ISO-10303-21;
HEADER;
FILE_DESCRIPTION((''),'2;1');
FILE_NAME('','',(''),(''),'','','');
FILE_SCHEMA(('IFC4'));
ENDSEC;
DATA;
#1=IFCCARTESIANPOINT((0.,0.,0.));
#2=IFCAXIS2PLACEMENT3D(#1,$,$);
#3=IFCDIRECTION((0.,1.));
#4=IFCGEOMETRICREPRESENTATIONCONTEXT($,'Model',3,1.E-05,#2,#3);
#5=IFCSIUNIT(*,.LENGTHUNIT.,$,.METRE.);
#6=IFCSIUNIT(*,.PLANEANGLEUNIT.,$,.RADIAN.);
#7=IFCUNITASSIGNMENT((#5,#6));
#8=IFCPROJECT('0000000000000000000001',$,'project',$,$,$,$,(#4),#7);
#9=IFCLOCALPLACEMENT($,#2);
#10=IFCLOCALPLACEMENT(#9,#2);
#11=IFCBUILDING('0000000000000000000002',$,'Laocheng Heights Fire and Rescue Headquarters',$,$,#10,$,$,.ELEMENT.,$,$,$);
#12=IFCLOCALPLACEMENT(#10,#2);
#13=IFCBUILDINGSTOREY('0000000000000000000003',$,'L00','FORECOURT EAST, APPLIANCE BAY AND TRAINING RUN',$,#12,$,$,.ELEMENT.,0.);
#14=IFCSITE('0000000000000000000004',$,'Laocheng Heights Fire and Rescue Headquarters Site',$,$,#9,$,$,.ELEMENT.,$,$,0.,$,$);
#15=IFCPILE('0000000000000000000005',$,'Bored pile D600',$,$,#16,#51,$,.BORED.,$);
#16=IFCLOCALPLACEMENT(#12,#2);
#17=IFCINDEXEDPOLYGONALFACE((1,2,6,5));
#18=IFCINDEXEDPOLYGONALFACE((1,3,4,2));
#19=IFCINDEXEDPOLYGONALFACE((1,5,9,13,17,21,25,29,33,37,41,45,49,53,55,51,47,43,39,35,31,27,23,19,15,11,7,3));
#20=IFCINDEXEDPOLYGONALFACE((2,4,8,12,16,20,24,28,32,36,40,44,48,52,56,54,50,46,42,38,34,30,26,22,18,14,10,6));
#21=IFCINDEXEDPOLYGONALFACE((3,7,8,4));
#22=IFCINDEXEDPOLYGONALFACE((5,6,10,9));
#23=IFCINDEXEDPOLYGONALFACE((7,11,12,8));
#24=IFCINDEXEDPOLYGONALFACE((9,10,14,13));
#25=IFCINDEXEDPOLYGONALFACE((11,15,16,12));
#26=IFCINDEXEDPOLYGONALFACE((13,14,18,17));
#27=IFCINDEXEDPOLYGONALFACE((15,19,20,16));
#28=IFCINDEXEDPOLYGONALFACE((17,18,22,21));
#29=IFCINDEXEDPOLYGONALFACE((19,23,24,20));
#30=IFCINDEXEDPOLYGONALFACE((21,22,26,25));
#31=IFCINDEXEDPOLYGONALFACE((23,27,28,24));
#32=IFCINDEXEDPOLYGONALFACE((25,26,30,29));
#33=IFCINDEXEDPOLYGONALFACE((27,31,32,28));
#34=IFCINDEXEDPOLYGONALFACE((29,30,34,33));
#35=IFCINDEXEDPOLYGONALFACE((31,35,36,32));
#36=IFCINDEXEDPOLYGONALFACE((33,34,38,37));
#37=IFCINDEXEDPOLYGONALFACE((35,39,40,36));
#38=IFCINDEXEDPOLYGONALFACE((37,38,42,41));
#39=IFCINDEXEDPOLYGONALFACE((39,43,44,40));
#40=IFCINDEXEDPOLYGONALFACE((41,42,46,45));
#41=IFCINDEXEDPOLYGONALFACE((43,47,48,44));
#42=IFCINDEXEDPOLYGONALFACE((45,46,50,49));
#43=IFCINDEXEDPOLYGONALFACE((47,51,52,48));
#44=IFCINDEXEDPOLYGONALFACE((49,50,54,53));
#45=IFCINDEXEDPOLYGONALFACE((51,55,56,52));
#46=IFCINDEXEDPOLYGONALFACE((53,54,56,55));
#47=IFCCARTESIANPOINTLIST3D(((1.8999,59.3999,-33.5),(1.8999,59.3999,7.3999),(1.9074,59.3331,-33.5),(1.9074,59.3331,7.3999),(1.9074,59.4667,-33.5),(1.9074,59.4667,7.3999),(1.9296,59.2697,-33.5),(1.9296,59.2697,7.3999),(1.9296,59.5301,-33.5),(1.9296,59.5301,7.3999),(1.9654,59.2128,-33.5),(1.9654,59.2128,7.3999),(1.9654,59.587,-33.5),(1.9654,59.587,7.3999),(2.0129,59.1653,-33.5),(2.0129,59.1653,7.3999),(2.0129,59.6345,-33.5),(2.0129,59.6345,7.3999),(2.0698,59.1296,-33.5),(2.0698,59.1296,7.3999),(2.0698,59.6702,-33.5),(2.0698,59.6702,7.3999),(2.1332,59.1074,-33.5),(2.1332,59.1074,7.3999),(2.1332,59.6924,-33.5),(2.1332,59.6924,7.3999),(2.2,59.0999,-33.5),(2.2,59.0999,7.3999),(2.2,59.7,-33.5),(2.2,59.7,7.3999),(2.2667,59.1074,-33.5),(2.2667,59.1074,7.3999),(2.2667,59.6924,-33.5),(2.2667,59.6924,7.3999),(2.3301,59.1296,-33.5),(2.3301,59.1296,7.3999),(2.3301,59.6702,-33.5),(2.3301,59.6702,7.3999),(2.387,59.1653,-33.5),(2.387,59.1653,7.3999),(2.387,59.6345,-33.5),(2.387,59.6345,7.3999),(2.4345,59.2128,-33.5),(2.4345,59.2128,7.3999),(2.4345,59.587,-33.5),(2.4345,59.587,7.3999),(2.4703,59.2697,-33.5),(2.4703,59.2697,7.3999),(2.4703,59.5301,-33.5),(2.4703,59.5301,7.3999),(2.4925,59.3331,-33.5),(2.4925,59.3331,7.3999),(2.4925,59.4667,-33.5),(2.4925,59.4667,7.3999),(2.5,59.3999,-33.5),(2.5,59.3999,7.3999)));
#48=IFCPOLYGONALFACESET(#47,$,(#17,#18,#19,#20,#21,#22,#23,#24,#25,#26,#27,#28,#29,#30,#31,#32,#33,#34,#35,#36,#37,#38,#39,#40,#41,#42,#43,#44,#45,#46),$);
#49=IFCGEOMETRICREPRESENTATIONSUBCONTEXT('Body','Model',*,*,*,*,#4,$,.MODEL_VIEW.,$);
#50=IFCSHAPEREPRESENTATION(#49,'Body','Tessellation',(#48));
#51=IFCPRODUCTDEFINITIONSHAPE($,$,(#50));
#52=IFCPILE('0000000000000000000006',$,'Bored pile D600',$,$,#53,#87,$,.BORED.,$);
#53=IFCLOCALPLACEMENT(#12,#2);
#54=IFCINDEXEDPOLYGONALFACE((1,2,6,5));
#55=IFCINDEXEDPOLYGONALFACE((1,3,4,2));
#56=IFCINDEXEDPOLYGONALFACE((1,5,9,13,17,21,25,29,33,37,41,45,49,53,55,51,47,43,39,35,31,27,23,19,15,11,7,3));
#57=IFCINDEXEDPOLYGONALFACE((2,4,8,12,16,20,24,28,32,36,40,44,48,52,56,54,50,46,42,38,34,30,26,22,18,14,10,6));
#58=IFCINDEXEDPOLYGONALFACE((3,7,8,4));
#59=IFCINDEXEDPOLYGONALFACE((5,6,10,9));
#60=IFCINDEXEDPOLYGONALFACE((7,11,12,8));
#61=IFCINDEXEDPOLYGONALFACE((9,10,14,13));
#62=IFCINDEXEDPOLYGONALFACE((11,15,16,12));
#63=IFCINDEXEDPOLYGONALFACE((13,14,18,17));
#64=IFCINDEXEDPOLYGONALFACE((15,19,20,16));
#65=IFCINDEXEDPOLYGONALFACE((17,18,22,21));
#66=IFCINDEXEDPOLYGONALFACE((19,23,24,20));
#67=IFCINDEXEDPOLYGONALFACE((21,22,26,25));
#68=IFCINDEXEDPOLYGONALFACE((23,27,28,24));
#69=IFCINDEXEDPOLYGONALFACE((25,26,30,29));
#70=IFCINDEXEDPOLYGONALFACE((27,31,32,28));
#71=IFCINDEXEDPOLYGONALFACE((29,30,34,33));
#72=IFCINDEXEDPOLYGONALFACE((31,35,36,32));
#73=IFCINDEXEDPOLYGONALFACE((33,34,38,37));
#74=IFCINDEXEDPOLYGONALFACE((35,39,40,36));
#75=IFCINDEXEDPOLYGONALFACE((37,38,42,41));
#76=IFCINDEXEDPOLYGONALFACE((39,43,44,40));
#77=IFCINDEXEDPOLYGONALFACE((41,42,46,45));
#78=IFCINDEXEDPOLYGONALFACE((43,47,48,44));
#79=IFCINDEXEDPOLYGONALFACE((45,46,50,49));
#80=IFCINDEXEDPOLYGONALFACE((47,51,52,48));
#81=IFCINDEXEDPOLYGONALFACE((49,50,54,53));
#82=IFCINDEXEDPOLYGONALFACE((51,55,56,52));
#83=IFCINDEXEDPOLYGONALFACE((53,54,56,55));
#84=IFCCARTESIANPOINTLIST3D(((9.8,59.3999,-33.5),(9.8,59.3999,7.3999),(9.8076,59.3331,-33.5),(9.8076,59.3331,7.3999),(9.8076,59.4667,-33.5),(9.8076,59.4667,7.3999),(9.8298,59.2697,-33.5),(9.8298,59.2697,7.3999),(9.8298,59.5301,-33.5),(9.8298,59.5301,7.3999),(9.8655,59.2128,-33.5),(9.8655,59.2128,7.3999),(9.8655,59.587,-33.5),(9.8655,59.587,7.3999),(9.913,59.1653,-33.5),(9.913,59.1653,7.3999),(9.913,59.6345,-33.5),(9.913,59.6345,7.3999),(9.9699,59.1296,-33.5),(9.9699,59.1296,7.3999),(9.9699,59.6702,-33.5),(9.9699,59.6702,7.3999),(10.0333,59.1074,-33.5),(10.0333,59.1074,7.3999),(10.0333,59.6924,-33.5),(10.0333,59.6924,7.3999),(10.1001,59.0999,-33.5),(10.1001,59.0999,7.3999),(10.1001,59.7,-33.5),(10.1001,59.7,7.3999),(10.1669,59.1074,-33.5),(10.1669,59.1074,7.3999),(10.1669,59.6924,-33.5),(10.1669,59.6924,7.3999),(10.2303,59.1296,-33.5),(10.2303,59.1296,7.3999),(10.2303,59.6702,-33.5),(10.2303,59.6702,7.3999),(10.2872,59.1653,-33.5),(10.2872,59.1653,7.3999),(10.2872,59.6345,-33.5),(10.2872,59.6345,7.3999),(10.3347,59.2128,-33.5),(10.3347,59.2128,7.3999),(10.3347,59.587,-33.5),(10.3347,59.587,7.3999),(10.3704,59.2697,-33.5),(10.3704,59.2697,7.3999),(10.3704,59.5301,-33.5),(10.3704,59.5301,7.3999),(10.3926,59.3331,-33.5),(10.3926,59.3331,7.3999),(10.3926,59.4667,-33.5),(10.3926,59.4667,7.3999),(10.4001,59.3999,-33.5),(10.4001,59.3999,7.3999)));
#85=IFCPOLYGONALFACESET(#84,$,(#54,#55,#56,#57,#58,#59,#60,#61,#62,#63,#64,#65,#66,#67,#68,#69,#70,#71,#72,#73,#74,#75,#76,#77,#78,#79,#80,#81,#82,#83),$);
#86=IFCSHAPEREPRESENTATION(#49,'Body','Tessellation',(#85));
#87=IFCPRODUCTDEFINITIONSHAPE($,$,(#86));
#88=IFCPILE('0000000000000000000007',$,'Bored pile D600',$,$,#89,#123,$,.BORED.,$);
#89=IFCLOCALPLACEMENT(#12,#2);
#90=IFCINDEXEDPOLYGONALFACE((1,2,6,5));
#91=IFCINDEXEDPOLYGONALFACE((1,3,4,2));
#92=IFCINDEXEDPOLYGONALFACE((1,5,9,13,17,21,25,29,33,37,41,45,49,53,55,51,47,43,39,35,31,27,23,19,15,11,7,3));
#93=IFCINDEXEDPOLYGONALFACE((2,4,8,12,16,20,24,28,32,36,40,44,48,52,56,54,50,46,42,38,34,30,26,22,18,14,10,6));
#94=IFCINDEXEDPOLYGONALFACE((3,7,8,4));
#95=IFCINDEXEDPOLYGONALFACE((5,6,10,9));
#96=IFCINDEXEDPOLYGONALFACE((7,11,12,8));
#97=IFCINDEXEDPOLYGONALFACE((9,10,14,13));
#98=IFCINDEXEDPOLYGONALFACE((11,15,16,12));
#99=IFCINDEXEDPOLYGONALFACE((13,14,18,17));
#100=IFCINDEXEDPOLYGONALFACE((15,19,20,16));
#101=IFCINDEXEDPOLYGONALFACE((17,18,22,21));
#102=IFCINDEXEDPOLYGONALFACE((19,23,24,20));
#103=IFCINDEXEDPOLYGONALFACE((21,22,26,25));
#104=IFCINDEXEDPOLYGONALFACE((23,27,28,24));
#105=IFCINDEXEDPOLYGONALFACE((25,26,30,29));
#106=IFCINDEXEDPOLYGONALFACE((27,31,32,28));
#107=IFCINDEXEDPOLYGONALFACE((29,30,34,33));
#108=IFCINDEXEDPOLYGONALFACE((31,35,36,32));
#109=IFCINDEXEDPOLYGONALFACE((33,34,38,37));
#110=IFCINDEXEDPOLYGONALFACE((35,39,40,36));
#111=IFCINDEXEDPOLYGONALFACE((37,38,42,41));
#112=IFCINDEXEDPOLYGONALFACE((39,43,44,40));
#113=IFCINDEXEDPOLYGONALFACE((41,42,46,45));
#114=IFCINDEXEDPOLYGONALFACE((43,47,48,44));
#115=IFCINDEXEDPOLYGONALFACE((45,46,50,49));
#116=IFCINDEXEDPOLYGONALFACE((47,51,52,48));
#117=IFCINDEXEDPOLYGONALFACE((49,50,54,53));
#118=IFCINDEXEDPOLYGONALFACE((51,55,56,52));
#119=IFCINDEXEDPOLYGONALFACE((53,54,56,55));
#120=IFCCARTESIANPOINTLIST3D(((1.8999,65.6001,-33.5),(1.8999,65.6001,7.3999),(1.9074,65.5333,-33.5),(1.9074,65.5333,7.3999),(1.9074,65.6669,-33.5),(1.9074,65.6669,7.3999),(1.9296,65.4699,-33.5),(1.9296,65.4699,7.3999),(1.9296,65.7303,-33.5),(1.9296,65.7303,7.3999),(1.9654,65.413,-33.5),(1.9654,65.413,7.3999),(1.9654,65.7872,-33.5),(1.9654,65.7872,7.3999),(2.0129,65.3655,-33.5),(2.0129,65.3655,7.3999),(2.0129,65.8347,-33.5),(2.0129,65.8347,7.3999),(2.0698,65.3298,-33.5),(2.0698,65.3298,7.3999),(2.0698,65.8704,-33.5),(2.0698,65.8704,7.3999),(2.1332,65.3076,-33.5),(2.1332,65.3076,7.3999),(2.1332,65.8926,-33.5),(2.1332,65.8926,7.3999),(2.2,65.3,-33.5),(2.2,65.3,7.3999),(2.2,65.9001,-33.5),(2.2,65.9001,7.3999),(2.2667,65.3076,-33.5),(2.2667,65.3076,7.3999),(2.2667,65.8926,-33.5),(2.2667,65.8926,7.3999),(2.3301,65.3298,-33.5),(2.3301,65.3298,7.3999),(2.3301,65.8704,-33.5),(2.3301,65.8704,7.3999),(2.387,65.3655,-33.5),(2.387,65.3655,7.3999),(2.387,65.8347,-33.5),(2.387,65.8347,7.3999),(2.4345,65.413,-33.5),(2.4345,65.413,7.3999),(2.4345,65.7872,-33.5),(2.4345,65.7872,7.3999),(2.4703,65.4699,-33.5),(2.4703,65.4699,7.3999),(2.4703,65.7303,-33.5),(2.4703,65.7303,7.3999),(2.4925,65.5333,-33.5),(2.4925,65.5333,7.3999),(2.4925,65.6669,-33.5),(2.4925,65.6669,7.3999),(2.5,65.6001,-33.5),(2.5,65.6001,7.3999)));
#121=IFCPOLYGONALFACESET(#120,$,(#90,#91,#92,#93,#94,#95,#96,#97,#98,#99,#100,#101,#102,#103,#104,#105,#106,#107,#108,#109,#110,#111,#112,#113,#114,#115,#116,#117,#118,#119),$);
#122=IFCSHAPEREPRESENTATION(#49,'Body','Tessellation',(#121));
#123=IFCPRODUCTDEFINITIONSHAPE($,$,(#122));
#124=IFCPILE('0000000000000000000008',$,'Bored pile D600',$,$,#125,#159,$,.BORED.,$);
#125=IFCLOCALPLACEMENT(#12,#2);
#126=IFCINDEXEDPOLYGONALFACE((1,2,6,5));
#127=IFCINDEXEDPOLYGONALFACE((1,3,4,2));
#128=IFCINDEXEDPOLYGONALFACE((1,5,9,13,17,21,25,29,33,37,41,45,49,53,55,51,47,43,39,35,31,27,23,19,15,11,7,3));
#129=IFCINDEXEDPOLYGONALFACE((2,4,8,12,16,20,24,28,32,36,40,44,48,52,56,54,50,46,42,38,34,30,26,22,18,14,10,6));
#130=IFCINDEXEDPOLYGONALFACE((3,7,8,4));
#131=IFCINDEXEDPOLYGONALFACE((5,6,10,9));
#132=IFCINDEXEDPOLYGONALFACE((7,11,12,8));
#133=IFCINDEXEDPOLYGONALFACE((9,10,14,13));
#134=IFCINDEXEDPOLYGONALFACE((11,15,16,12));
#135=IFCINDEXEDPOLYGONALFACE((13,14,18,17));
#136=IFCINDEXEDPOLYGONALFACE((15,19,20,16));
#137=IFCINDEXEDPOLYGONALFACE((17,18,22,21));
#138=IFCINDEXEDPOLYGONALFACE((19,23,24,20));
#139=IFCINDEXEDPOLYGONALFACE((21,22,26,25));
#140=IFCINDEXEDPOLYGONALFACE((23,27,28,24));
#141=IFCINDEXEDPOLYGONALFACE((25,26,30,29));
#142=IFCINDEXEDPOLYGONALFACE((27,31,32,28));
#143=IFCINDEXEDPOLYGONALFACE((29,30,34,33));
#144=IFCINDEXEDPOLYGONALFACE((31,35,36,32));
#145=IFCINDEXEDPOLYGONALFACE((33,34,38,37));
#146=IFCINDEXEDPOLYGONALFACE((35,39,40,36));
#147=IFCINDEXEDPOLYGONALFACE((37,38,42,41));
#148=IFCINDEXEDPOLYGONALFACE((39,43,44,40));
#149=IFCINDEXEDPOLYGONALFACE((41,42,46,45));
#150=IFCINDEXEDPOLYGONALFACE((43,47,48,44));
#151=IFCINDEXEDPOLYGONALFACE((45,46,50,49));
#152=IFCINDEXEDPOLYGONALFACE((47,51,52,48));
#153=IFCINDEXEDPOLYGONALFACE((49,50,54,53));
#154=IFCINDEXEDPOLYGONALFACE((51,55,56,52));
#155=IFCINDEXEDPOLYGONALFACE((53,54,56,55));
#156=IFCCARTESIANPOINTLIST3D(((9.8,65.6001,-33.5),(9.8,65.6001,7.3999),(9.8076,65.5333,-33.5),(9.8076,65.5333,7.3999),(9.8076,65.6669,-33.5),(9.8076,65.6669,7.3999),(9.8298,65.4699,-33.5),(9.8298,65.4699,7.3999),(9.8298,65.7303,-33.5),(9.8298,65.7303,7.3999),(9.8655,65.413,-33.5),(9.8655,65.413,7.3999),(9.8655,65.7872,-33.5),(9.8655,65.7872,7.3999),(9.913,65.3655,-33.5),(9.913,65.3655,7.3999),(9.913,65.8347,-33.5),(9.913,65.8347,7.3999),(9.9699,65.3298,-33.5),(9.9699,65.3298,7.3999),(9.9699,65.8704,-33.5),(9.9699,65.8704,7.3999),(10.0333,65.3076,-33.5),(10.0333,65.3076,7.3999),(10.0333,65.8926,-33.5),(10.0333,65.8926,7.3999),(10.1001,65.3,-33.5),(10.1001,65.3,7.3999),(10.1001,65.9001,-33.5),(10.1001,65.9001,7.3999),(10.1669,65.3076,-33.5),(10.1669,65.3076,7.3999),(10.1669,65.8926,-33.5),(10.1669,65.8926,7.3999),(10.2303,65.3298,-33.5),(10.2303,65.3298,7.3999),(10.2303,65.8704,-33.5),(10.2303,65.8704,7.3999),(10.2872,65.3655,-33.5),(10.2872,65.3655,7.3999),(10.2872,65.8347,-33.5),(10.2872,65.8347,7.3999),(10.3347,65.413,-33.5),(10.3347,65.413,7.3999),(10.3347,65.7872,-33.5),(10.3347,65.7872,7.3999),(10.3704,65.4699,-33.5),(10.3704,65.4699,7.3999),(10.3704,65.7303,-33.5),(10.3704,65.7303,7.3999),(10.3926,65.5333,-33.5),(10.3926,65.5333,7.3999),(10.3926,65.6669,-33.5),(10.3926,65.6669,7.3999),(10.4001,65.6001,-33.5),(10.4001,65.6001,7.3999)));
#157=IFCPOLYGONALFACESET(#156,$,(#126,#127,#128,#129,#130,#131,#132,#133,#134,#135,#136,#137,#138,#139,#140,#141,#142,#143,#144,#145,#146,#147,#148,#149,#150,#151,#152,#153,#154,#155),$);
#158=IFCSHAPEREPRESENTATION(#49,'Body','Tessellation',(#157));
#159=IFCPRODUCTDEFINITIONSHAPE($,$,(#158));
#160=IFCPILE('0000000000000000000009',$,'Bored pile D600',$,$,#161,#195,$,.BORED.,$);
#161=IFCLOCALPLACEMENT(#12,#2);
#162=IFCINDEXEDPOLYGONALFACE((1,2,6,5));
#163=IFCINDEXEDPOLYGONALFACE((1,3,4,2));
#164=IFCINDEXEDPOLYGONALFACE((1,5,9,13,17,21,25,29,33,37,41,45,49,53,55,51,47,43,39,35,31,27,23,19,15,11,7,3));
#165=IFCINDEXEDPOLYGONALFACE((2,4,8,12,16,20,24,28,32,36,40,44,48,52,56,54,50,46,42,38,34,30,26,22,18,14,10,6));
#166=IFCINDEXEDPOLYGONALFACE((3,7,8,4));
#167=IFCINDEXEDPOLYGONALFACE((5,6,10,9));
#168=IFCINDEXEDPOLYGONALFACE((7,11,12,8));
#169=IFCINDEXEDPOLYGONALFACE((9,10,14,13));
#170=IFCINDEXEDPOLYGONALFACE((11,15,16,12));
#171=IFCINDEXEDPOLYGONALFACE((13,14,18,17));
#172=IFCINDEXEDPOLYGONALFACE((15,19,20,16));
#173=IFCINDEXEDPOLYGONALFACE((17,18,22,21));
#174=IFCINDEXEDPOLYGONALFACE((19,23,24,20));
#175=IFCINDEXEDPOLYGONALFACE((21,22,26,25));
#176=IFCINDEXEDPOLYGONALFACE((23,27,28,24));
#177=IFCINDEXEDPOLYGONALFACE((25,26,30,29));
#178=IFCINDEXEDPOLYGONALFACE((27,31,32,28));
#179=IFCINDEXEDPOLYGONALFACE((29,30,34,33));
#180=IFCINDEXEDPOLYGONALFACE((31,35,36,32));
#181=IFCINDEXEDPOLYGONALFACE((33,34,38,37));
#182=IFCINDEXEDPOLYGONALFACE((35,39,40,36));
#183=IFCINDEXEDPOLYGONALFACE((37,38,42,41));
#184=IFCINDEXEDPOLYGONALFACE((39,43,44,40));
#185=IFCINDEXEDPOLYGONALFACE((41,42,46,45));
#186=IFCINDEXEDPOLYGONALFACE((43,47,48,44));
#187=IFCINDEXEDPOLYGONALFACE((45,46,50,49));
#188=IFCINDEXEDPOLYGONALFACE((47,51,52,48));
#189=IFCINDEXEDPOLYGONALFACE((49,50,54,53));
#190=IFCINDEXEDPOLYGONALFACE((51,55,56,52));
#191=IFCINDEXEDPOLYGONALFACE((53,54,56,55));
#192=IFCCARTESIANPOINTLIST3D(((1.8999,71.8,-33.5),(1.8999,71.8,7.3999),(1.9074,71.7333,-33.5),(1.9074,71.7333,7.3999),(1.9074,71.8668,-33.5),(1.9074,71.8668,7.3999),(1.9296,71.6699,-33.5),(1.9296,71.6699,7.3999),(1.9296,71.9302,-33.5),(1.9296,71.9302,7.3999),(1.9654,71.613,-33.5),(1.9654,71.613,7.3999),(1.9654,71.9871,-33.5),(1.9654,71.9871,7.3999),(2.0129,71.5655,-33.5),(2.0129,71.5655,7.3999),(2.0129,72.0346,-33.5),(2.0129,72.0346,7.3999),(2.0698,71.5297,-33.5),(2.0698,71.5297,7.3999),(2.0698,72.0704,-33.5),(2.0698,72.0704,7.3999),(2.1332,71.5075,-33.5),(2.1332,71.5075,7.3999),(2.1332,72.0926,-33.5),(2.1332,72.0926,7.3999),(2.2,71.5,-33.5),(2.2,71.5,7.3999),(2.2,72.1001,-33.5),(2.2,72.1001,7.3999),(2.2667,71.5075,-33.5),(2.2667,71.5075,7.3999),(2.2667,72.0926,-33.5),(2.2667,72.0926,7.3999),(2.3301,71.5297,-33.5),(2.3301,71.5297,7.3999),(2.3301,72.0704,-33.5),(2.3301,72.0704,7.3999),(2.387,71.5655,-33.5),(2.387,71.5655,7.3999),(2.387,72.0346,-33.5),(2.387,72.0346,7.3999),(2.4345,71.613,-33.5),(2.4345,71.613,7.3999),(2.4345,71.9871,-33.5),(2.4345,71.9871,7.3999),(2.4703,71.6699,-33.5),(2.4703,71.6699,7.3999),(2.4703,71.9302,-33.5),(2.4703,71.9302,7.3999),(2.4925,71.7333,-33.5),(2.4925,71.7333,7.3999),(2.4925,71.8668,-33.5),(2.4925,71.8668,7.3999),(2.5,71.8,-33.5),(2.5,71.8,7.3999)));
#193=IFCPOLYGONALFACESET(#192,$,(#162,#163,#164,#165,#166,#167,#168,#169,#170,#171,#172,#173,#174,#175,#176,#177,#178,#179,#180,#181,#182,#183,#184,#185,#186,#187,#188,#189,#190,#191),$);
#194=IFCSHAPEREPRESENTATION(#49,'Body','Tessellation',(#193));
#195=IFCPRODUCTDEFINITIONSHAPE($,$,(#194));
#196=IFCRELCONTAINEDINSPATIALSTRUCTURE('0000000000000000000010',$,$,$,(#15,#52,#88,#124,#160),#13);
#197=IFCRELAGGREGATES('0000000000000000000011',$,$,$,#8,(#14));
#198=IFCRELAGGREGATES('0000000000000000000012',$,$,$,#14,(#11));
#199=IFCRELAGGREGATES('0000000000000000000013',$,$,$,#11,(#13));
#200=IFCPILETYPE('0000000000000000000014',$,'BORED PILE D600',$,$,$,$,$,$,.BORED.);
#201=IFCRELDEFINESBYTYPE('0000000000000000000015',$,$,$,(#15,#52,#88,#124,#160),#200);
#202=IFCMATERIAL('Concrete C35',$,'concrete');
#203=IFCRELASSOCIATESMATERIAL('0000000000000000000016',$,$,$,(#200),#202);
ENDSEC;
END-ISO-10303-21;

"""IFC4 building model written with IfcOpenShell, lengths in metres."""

from ifc_helpers import new_model, si_unit, direction, frame, origin, origin_2d, place, context, subcontext, project, spatial, circle, extrude, material, material_profile, profile_set, type_object, element, save


model = new_model("IFC4")

# Units and contexts
model_context = context("Model", 3, precision=1e-05, world=origin(), true_north=direction((0.0, 1.0)))
body_context = subcontext(model_context, "Body", "Model", "MODEL_VIEW")
ifc_project = project(units=[si_unit("LENGTHUNIT", "METRE"), si_unit("PLANEANGLEUNIT", "RADIAN")], contexts=[model_context])

# Site, building, storey
site_placement = place(None, origin())
site = spatial("IfcSite", under=ifc_project, at=site_placement, Name="Laocheng Heights Fire and Rescue Headquarters Site", CompositionType="ELEMENT", RefElevation=0.0)
building_placement = place(site_placement, origin())
building = spatial("IfcBuilding", under=site, at=building_placement, Name="Laocheng Heights Fire and Rescue Headquarters", CompositionType="ELEMENT")
storey_placement = place(building_placement, origin())
storey = spatial("IfcBuildingStorey", under=building, at=storey_placement, Name="L00", Description="FORECOURT EAST, APPLIANCE BAY AND TRAINING RUN", CompositionType="ELEMENT", Elevation=0.0)

# Piles
ifc_material_1 = material(Name="Concrete C35", Category="concrete")
ifc_material_profile_1 = material_profile(ifc_material_1, circle(Radius=0.3, at=origin_2d()), Name="BORED PILE D600")
ifc_profile_set_1 = profile_set([ifc_material_profile_1], Name="Concrete C35")
pile_type_1 = type_object("IfcPileType", Name="BORED PILE D600", PredefinedType="BORED", material=ifc_profile_set_1)
for number, where, z_axis, x_axis, name in (
    (1, (2.2, 59.3999, 7.3999), (0.0, 0.0, -1.0), (1.0, 0.0, 0.0), "Bored pile D600"),
    (2, (10.1001, 59.3999, 7.3999), (0.0, 0.0, -1.0), (1.0, 0.0, 0.0), "Bored pile D600"),
    (3, (2.2, 65.6001, 7.3999), (0.0, 0.0, -1.0), (1.0, 0.0, 0.0), "Bored pile D600"),
    (4, (10.1001, 65.6001, 7.3999), (0.0, 0.0, -1.0), (1.0, 0.0, 0.0), "Bored pile D600"),
    (5, (2.2, 71.8, 7.3999), (0.0, 0.0, -1.0), (1.0, 0.0, 0.0), "Bored pile D600"),
):
    element("IfcPile", number, at=place(storey_placement, frame(where, z_axis=z_axis, x_axis=x_axis)), inside=storey, type_object=pile_type_1, Name=name, PredefinedType="BORED", context=body_context, shape_type="SweptSolid", body=[
        extrude(circle(Radius=0.3, at=origin_2d()), origin(), (0.0, 0.0, 1.0), 40.8999),
    ])

save(model, "model.ifc")
